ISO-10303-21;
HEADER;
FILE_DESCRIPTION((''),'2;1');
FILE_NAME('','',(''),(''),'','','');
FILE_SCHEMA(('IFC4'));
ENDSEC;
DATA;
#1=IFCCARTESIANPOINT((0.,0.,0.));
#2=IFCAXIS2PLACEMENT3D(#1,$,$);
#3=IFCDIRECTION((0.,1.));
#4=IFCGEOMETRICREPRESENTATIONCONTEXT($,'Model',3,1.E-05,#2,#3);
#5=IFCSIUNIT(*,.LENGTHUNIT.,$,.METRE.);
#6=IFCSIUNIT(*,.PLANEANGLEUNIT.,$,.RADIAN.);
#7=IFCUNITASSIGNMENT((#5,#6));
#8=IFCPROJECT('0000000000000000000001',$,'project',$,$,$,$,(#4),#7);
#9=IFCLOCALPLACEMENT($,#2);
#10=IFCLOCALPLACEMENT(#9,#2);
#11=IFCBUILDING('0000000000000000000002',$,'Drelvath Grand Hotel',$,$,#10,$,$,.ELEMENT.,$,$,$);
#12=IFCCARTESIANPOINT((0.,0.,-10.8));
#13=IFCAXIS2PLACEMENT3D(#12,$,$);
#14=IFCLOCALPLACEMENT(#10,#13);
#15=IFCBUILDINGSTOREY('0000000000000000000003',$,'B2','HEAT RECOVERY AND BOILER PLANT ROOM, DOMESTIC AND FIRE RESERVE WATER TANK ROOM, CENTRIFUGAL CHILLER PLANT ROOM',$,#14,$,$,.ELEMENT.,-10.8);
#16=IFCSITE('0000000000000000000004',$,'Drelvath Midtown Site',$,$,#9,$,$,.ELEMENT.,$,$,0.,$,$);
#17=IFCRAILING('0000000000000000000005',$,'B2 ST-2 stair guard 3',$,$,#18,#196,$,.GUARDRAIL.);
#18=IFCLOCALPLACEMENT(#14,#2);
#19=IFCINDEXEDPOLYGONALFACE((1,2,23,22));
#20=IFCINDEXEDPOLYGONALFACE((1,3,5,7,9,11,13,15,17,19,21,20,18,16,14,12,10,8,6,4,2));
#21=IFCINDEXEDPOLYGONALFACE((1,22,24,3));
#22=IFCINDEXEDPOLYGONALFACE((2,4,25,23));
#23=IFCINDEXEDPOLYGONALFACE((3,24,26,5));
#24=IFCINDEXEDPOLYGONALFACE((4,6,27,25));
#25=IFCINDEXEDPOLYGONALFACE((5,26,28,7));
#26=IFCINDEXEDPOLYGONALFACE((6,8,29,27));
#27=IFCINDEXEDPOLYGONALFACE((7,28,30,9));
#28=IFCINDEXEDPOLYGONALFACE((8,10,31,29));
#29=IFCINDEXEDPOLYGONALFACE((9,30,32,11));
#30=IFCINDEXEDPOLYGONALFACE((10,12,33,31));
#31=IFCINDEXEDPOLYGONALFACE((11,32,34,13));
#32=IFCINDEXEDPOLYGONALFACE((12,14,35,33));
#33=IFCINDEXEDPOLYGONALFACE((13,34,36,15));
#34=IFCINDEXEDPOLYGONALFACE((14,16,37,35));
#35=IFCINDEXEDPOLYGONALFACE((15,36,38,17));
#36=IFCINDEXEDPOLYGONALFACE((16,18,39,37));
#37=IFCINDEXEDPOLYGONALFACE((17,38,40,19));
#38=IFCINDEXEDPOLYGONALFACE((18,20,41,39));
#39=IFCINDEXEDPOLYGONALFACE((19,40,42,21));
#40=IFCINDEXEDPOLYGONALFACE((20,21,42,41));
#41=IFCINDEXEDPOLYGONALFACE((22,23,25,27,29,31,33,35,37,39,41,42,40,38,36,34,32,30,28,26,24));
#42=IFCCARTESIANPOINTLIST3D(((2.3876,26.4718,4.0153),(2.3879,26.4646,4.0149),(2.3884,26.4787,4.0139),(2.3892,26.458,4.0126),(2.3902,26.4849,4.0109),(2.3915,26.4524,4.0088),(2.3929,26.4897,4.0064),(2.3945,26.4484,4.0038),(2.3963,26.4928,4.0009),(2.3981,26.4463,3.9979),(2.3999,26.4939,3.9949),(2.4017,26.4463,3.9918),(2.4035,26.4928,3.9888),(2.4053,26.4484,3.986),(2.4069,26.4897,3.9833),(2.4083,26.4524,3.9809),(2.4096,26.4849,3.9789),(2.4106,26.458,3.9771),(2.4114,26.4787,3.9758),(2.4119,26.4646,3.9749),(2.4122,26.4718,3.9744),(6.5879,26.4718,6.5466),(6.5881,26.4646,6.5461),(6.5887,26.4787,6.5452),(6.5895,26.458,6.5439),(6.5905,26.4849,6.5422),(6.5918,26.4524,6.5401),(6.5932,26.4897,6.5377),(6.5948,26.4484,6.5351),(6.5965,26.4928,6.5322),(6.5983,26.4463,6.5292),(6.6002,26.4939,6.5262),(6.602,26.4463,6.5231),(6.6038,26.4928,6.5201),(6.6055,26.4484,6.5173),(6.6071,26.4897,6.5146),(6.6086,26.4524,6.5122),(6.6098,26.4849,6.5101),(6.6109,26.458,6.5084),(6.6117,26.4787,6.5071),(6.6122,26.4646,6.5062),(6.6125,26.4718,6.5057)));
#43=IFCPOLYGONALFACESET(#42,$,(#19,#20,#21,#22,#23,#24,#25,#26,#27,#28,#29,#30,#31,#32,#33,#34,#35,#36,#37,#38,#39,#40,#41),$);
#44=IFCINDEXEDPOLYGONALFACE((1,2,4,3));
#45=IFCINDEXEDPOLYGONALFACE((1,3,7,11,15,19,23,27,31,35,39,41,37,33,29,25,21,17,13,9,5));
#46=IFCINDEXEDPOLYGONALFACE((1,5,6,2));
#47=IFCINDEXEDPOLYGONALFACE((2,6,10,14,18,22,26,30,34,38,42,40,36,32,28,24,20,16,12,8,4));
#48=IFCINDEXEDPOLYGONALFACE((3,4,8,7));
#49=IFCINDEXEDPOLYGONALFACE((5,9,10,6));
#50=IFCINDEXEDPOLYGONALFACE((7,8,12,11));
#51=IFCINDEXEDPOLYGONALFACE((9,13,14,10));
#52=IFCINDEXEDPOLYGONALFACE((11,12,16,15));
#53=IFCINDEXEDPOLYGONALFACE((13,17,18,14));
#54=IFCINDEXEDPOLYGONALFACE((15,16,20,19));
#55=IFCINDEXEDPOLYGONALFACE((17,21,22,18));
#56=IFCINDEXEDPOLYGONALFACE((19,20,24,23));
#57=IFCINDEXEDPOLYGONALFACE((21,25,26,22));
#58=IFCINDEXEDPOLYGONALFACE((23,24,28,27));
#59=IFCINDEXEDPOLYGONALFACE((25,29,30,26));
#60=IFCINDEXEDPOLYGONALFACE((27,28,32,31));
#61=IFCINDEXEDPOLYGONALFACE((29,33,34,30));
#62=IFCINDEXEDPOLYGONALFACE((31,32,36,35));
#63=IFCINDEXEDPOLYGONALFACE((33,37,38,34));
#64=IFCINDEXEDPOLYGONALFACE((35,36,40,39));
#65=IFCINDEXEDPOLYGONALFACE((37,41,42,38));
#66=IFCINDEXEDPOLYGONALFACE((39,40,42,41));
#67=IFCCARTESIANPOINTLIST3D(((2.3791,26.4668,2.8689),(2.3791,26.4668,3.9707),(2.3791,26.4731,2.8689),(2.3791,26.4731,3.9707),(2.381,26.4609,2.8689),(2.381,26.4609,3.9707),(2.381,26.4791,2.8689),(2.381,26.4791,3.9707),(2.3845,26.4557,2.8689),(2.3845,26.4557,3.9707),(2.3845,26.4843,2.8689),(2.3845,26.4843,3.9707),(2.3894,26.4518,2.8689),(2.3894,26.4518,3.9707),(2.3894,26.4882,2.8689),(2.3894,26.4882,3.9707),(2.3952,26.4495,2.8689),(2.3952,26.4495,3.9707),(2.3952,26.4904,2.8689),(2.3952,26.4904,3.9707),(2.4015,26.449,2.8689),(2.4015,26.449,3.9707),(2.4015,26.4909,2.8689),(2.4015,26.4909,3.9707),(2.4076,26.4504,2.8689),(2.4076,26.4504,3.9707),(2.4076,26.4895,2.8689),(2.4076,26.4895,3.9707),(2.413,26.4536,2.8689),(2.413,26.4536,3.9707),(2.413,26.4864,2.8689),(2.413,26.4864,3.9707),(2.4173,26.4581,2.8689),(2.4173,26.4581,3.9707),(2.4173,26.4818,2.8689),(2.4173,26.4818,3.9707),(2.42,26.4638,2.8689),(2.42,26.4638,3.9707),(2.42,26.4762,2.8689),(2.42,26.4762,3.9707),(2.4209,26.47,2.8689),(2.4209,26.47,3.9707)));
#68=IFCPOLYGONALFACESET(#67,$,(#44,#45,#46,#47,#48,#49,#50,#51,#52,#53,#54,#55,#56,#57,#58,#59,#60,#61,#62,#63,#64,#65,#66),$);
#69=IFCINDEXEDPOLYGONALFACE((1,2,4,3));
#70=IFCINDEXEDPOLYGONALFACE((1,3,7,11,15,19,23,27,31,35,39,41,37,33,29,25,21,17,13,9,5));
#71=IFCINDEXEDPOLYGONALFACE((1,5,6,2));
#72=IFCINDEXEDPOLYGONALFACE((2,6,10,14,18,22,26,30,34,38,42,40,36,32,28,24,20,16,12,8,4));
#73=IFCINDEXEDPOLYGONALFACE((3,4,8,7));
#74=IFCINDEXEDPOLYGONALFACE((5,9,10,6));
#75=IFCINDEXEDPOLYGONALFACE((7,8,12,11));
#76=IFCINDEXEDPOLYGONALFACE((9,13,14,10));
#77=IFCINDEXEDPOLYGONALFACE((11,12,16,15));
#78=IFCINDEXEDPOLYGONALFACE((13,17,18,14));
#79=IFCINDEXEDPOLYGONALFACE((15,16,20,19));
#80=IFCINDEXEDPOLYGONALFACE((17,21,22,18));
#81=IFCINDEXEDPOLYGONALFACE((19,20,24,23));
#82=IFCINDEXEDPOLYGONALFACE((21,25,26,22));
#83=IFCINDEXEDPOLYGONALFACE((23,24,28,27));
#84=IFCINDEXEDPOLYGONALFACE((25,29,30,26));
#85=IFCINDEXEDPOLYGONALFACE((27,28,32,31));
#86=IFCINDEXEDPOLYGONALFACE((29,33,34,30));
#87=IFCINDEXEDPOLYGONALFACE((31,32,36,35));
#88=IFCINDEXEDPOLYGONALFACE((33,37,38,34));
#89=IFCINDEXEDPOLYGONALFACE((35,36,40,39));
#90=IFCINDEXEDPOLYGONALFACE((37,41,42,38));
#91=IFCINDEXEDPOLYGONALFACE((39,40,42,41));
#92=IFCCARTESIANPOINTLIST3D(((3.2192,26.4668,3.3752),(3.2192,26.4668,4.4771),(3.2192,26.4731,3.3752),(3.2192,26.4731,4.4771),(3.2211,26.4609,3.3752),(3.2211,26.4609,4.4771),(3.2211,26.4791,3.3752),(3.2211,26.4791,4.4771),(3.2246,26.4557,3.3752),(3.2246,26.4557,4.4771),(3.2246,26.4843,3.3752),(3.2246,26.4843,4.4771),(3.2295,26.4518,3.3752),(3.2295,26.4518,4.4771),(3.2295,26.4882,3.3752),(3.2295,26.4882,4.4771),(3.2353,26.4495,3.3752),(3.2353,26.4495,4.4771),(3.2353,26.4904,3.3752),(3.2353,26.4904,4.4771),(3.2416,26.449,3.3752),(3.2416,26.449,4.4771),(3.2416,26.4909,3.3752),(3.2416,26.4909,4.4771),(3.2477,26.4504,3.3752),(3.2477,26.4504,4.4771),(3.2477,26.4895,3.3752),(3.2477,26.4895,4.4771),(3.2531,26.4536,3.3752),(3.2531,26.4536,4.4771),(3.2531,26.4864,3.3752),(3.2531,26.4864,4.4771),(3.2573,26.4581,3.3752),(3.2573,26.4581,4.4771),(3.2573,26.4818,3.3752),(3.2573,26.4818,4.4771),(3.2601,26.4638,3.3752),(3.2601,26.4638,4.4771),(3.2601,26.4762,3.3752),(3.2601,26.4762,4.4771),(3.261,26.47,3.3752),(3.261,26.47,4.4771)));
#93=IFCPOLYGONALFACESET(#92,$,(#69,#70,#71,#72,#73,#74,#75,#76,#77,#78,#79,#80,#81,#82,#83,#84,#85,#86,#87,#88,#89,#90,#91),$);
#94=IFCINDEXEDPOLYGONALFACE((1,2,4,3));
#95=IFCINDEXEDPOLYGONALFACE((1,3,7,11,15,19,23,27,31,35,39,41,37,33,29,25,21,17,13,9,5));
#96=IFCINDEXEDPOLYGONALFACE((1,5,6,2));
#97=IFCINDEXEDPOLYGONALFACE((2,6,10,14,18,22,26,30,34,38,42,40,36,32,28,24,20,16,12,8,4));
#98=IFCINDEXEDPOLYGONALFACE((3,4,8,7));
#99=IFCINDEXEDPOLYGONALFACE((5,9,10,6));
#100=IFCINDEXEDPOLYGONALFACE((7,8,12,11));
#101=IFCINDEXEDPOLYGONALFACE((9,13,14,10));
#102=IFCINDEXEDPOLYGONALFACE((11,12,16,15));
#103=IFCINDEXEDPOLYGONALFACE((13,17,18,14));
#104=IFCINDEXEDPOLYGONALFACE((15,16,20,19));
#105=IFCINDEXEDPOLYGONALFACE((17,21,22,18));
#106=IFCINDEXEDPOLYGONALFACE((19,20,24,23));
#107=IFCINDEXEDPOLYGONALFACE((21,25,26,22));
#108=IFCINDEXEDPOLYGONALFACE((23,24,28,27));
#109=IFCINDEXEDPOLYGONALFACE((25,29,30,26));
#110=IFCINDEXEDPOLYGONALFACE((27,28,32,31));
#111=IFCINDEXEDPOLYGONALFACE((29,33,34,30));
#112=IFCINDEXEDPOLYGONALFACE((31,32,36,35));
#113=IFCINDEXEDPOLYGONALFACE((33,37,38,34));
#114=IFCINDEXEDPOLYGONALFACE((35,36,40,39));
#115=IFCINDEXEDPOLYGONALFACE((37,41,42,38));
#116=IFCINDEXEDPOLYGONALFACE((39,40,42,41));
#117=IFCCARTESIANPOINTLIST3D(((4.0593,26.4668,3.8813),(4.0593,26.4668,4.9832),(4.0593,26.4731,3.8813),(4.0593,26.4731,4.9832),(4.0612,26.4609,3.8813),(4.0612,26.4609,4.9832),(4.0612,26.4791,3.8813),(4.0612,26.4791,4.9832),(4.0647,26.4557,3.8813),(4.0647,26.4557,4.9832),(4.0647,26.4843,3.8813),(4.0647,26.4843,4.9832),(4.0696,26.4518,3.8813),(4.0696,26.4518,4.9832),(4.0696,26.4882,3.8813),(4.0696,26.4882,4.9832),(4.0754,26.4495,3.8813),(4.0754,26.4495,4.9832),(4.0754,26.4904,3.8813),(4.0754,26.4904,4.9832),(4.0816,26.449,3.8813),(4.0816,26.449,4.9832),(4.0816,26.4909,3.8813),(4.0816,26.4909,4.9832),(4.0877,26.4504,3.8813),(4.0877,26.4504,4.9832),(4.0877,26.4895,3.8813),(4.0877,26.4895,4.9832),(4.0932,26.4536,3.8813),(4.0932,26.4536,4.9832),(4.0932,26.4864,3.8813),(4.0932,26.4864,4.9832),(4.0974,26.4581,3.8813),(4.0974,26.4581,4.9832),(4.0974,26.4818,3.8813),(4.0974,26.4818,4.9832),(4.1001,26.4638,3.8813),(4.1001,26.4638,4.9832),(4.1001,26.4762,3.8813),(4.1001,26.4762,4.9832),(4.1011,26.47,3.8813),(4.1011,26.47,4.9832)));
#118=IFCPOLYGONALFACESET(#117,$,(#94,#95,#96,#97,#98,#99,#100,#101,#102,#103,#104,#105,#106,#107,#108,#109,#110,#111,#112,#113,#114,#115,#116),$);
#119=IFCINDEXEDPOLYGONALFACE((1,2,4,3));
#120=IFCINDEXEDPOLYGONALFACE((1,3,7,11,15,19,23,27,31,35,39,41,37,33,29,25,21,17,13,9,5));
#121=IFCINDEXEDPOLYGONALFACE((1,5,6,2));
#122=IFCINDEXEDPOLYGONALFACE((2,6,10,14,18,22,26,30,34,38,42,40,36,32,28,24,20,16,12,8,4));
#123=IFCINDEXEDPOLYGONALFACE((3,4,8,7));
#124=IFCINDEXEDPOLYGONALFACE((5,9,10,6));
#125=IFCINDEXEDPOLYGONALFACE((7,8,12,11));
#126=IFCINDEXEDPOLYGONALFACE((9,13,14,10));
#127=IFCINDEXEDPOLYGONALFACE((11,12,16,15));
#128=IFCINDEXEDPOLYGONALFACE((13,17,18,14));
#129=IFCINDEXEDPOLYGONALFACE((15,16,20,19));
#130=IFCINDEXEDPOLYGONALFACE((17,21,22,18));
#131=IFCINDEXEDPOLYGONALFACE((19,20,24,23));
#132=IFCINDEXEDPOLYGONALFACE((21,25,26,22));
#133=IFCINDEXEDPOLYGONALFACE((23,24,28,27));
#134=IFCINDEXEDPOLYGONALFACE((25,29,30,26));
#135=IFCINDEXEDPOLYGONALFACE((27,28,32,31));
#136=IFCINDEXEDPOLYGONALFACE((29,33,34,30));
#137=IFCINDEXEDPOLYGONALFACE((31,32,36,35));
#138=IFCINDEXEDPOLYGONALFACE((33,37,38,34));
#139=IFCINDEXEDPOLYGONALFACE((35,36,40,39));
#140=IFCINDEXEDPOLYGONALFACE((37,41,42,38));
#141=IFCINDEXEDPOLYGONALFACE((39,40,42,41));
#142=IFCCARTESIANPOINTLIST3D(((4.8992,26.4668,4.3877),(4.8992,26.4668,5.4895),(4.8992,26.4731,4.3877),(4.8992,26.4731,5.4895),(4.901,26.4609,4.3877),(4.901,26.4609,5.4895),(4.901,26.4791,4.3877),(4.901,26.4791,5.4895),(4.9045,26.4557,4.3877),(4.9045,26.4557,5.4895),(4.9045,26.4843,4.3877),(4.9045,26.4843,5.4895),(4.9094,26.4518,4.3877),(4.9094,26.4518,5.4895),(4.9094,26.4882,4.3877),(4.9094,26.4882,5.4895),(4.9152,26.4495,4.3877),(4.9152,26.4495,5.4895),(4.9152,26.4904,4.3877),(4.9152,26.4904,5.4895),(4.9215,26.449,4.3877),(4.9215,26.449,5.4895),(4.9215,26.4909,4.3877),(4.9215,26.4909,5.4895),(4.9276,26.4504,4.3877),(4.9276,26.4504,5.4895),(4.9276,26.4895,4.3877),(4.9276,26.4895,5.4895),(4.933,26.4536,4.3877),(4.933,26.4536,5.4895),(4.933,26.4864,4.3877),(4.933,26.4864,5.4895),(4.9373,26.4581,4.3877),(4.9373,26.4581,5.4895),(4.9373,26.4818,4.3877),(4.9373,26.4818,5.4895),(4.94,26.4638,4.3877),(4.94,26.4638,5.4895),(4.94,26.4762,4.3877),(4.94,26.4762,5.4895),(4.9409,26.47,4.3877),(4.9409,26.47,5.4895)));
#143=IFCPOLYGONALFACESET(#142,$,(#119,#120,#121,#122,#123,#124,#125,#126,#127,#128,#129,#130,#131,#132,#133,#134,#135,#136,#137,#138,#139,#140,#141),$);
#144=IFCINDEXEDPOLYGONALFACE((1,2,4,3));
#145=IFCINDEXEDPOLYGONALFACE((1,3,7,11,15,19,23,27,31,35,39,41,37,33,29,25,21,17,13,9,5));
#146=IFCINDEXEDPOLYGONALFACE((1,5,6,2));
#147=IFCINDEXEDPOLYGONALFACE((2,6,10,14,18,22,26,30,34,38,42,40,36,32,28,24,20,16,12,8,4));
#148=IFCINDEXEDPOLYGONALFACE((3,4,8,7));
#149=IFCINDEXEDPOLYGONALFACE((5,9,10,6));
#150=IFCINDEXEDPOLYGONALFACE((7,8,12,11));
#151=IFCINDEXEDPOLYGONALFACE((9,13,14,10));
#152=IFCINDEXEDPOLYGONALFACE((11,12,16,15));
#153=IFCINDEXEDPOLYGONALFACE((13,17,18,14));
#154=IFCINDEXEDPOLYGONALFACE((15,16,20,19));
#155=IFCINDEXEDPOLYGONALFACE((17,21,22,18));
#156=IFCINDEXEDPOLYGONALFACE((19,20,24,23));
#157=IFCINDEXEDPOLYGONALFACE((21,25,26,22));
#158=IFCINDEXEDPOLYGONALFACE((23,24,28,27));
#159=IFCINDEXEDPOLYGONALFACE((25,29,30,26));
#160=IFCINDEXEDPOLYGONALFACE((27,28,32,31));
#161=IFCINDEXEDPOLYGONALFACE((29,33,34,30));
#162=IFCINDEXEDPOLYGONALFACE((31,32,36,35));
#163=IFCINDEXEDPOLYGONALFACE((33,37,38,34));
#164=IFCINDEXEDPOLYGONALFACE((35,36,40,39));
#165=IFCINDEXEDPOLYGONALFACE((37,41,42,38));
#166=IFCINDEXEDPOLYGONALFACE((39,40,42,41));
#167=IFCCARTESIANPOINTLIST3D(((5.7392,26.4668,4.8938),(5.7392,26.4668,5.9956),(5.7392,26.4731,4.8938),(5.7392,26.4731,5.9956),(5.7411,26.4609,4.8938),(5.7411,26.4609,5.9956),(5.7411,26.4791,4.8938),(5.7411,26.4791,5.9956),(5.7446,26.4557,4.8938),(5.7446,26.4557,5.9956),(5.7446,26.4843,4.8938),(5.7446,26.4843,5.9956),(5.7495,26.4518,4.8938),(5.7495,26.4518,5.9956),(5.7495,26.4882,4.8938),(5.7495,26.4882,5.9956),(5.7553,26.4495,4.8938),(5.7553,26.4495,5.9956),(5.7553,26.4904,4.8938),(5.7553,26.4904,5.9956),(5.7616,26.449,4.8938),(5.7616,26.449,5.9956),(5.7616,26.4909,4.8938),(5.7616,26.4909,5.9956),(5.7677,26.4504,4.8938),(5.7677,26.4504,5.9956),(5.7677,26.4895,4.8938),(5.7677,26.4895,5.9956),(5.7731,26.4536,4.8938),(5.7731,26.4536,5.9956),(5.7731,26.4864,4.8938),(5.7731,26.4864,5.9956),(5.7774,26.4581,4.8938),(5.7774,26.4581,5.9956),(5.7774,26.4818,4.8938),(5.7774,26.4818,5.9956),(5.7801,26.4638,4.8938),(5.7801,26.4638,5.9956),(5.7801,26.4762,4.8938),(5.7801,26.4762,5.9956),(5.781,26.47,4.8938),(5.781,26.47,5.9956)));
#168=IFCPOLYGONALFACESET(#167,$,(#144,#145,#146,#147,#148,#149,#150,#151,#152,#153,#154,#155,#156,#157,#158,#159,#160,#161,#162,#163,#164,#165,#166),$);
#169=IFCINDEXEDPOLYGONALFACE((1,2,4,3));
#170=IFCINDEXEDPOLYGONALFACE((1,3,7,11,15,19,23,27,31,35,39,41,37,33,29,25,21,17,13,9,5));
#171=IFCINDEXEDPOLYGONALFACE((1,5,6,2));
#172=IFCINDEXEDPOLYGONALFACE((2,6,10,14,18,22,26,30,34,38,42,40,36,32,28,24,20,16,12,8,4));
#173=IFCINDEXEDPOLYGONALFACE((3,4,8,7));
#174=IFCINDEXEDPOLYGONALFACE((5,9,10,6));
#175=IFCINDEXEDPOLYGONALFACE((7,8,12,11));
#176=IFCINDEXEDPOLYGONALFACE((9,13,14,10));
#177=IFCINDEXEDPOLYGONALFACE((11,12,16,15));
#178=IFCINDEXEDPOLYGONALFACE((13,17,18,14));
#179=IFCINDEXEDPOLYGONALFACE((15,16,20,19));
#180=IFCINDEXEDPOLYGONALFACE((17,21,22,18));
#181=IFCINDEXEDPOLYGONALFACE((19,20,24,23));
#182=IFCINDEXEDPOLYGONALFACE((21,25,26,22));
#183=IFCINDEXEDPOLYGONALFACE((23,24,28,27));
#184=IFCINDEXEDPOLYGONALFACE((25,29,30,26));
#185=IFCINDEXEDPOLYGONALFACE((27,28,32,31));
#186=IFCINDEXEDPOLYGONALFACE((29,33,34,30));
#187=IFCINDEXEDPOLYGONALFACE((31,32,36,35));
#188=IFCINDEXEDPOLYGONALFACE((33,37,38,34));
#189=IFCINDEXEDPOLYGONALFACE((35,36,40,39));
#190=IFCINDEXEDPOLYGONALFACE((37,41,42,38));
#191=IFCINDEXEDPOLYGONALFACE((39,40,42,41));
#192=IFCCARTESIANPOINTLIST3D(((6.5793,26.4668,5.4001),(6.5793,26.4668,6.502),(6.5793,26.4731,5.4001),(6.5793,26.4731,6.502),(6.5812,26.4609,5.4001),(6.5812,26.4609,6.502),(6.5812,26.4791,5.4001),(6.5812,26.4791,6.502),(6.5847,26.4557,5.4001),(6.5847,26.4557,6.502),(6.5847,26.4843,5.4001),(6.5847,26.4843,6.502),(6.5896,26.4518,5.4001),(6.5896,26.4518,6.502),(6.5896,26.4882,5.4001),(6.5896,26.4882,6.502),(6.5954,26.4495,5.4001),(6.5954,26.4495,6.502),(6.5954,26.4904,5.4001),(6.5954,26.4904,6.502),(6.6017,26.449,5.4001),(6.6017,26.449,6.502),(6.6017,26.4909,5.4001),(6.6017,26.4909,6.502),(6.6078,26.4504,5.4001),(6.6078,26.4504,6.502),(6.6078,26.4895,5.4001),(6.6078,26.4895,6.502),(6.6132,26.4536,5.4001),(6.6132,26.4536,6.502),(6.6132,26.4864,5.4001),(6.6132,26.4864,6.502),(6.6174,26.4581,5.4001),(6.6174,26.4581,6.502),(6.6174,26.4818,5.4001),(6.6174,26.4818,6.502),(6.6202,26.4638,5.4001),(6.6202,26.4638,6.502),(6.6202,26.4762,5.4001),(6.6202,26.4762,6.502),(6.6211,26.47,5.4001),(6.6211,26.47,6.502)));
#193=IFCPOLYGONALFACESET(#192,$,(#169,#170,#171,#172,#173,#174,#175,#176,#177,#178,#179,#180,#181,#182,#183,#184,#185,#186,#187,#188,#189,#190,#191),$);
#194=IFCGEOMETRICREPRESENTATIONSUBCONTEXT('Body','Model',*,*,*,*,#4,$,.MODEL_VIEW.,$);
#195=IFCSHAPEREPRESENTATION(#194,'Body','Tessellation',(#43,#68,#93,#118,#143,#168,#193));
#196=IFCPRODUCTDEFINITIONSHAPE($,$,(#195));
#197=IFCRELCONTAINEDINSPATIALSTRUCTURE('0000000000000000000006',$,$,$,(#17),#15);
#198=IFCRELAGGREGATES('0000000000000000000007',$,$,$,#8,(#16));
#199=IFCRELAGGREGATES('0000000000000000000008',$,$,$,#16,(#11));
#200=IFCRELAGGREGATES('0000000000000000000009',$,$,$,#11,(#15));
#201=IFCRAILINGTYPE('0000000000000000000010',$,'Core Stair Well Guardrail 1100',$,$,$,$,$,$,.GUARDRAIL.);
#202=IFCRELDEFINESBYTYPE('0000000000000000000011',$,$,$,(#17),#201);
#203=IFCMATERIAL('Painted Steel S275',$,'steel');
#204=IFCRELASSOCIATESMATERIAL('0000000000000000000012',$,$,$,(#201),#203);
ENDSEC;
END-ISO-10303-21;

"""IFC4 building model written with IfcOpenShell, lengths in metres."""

from ifc_helpers import new_model, si_unit, direction, frame, origin, origin_2d, place, context, subcontext, project, spatial, circle, extrude, material, type_object, element, save


model = new_model("IFC4")

# Units and contexts
model_context = context("Model", 3, precision=1e-05, world=origin(), true_north=direction((0.0, 1.0)))
body_context = subcontext(model_context, "Body", "Model", "MODEL_VIEW")
ifc_project = project(units=[si_unit("LENGTHUNIT", "METRE"), si_unit("PLANEANGLEUNIT", "RADIAN")], contexts=[model_context])

# Site, building, storey
site_placement = place(None, origin())
site = spatial("IfcSite", under=ifc_project, at=site_placement, Name="Drelvath Midtown Site", CompositionType="ELEMENT", RefElevation=0.0)
building_placement = place(site_placement, origin())
building = spatial("IfcBuilding", under=site, at=building_placement, Name="Drelvath Grand Hotel", CompositionType="ELEMENT")
storey_placement = place(building_placement, frame((0.0, 0.0, -10.8)))
storey = spatial("IfcBuildingStorey", under=building, at=storey_placement, Name="B2", Description="HEAT RECOVERY AND BOILER PLANT ROOM, DOMESTIC AND FIRE RESERVE WATER TANK ROOM, CENTRIFUGAL CHILLER PLANT ROOM", CompositionType="ELEMENT", Elevation=-10.8)

# Shared definitions
ifc_material_1 = material(Name="Painted Steel S275", Category="steel")

# Railing
railing_type_1 = type_object("IfcRailingType", Name="Core Stair Well Guardrail 1100", PredefinedType="GUARDRAIL", material=ifc_material_1)
railing_1_placement = place(storey_placement, frame((2.3999, 26.47, 2.8689)))
element("IfcRailing", 1, at=railing_1_placement, inside=storey, type_object=railing_type_1, Name="B2 ST-2 stair guard 3", PredefinedType="GUARDRAIL", context=body_context, shape_type="SweptSolid", body=[
    extrude(circle(Radius=0.0239, at=origin_2d()), frame((0.0, 0.0, 1.126), z_axis=(0.85649, 0.0, 0.516164), x_axis=(0.0, 1.0, 0.0)), (0.0, 0.0, 1.0), 4.9041),
    extrude(circle(Radius=0.021, at=origin_2d()), origin(), (0.0, 0.0, 1.0), 1.1018),
    extrude(circle(Radius=0.021, at=origin_2d()), frame((0.8401, 0.0, 0.5063)), (0.0, 0.0, 1.0), 1.1018),
    extrude(circle(Radius=0.021, at=origin_2d()), frame((1.6802, 0.0, 1.0125)), (0.0, 0.0, 1.0), 1.1018),
    extrude(circle(Radius=0.021, at=origin_2d()), frame((2.52, 0.0, 1.5188)), (0.0, 0.0, 1.0), 1.1018),
    extrude(circle(Radius=0.021, at=origin_2d()), frame((3.3601, 0.0, 2.0249)), (0.0, 0.0, 1.0), 1.1018),
    extrude(circle(Radius=0.021, at=origin_2d()), frame((4.2002, 0.0, 2.5312)), (0.0, 0.0, 1.0), 1.1018),
])

save(model, "model.ifc")
